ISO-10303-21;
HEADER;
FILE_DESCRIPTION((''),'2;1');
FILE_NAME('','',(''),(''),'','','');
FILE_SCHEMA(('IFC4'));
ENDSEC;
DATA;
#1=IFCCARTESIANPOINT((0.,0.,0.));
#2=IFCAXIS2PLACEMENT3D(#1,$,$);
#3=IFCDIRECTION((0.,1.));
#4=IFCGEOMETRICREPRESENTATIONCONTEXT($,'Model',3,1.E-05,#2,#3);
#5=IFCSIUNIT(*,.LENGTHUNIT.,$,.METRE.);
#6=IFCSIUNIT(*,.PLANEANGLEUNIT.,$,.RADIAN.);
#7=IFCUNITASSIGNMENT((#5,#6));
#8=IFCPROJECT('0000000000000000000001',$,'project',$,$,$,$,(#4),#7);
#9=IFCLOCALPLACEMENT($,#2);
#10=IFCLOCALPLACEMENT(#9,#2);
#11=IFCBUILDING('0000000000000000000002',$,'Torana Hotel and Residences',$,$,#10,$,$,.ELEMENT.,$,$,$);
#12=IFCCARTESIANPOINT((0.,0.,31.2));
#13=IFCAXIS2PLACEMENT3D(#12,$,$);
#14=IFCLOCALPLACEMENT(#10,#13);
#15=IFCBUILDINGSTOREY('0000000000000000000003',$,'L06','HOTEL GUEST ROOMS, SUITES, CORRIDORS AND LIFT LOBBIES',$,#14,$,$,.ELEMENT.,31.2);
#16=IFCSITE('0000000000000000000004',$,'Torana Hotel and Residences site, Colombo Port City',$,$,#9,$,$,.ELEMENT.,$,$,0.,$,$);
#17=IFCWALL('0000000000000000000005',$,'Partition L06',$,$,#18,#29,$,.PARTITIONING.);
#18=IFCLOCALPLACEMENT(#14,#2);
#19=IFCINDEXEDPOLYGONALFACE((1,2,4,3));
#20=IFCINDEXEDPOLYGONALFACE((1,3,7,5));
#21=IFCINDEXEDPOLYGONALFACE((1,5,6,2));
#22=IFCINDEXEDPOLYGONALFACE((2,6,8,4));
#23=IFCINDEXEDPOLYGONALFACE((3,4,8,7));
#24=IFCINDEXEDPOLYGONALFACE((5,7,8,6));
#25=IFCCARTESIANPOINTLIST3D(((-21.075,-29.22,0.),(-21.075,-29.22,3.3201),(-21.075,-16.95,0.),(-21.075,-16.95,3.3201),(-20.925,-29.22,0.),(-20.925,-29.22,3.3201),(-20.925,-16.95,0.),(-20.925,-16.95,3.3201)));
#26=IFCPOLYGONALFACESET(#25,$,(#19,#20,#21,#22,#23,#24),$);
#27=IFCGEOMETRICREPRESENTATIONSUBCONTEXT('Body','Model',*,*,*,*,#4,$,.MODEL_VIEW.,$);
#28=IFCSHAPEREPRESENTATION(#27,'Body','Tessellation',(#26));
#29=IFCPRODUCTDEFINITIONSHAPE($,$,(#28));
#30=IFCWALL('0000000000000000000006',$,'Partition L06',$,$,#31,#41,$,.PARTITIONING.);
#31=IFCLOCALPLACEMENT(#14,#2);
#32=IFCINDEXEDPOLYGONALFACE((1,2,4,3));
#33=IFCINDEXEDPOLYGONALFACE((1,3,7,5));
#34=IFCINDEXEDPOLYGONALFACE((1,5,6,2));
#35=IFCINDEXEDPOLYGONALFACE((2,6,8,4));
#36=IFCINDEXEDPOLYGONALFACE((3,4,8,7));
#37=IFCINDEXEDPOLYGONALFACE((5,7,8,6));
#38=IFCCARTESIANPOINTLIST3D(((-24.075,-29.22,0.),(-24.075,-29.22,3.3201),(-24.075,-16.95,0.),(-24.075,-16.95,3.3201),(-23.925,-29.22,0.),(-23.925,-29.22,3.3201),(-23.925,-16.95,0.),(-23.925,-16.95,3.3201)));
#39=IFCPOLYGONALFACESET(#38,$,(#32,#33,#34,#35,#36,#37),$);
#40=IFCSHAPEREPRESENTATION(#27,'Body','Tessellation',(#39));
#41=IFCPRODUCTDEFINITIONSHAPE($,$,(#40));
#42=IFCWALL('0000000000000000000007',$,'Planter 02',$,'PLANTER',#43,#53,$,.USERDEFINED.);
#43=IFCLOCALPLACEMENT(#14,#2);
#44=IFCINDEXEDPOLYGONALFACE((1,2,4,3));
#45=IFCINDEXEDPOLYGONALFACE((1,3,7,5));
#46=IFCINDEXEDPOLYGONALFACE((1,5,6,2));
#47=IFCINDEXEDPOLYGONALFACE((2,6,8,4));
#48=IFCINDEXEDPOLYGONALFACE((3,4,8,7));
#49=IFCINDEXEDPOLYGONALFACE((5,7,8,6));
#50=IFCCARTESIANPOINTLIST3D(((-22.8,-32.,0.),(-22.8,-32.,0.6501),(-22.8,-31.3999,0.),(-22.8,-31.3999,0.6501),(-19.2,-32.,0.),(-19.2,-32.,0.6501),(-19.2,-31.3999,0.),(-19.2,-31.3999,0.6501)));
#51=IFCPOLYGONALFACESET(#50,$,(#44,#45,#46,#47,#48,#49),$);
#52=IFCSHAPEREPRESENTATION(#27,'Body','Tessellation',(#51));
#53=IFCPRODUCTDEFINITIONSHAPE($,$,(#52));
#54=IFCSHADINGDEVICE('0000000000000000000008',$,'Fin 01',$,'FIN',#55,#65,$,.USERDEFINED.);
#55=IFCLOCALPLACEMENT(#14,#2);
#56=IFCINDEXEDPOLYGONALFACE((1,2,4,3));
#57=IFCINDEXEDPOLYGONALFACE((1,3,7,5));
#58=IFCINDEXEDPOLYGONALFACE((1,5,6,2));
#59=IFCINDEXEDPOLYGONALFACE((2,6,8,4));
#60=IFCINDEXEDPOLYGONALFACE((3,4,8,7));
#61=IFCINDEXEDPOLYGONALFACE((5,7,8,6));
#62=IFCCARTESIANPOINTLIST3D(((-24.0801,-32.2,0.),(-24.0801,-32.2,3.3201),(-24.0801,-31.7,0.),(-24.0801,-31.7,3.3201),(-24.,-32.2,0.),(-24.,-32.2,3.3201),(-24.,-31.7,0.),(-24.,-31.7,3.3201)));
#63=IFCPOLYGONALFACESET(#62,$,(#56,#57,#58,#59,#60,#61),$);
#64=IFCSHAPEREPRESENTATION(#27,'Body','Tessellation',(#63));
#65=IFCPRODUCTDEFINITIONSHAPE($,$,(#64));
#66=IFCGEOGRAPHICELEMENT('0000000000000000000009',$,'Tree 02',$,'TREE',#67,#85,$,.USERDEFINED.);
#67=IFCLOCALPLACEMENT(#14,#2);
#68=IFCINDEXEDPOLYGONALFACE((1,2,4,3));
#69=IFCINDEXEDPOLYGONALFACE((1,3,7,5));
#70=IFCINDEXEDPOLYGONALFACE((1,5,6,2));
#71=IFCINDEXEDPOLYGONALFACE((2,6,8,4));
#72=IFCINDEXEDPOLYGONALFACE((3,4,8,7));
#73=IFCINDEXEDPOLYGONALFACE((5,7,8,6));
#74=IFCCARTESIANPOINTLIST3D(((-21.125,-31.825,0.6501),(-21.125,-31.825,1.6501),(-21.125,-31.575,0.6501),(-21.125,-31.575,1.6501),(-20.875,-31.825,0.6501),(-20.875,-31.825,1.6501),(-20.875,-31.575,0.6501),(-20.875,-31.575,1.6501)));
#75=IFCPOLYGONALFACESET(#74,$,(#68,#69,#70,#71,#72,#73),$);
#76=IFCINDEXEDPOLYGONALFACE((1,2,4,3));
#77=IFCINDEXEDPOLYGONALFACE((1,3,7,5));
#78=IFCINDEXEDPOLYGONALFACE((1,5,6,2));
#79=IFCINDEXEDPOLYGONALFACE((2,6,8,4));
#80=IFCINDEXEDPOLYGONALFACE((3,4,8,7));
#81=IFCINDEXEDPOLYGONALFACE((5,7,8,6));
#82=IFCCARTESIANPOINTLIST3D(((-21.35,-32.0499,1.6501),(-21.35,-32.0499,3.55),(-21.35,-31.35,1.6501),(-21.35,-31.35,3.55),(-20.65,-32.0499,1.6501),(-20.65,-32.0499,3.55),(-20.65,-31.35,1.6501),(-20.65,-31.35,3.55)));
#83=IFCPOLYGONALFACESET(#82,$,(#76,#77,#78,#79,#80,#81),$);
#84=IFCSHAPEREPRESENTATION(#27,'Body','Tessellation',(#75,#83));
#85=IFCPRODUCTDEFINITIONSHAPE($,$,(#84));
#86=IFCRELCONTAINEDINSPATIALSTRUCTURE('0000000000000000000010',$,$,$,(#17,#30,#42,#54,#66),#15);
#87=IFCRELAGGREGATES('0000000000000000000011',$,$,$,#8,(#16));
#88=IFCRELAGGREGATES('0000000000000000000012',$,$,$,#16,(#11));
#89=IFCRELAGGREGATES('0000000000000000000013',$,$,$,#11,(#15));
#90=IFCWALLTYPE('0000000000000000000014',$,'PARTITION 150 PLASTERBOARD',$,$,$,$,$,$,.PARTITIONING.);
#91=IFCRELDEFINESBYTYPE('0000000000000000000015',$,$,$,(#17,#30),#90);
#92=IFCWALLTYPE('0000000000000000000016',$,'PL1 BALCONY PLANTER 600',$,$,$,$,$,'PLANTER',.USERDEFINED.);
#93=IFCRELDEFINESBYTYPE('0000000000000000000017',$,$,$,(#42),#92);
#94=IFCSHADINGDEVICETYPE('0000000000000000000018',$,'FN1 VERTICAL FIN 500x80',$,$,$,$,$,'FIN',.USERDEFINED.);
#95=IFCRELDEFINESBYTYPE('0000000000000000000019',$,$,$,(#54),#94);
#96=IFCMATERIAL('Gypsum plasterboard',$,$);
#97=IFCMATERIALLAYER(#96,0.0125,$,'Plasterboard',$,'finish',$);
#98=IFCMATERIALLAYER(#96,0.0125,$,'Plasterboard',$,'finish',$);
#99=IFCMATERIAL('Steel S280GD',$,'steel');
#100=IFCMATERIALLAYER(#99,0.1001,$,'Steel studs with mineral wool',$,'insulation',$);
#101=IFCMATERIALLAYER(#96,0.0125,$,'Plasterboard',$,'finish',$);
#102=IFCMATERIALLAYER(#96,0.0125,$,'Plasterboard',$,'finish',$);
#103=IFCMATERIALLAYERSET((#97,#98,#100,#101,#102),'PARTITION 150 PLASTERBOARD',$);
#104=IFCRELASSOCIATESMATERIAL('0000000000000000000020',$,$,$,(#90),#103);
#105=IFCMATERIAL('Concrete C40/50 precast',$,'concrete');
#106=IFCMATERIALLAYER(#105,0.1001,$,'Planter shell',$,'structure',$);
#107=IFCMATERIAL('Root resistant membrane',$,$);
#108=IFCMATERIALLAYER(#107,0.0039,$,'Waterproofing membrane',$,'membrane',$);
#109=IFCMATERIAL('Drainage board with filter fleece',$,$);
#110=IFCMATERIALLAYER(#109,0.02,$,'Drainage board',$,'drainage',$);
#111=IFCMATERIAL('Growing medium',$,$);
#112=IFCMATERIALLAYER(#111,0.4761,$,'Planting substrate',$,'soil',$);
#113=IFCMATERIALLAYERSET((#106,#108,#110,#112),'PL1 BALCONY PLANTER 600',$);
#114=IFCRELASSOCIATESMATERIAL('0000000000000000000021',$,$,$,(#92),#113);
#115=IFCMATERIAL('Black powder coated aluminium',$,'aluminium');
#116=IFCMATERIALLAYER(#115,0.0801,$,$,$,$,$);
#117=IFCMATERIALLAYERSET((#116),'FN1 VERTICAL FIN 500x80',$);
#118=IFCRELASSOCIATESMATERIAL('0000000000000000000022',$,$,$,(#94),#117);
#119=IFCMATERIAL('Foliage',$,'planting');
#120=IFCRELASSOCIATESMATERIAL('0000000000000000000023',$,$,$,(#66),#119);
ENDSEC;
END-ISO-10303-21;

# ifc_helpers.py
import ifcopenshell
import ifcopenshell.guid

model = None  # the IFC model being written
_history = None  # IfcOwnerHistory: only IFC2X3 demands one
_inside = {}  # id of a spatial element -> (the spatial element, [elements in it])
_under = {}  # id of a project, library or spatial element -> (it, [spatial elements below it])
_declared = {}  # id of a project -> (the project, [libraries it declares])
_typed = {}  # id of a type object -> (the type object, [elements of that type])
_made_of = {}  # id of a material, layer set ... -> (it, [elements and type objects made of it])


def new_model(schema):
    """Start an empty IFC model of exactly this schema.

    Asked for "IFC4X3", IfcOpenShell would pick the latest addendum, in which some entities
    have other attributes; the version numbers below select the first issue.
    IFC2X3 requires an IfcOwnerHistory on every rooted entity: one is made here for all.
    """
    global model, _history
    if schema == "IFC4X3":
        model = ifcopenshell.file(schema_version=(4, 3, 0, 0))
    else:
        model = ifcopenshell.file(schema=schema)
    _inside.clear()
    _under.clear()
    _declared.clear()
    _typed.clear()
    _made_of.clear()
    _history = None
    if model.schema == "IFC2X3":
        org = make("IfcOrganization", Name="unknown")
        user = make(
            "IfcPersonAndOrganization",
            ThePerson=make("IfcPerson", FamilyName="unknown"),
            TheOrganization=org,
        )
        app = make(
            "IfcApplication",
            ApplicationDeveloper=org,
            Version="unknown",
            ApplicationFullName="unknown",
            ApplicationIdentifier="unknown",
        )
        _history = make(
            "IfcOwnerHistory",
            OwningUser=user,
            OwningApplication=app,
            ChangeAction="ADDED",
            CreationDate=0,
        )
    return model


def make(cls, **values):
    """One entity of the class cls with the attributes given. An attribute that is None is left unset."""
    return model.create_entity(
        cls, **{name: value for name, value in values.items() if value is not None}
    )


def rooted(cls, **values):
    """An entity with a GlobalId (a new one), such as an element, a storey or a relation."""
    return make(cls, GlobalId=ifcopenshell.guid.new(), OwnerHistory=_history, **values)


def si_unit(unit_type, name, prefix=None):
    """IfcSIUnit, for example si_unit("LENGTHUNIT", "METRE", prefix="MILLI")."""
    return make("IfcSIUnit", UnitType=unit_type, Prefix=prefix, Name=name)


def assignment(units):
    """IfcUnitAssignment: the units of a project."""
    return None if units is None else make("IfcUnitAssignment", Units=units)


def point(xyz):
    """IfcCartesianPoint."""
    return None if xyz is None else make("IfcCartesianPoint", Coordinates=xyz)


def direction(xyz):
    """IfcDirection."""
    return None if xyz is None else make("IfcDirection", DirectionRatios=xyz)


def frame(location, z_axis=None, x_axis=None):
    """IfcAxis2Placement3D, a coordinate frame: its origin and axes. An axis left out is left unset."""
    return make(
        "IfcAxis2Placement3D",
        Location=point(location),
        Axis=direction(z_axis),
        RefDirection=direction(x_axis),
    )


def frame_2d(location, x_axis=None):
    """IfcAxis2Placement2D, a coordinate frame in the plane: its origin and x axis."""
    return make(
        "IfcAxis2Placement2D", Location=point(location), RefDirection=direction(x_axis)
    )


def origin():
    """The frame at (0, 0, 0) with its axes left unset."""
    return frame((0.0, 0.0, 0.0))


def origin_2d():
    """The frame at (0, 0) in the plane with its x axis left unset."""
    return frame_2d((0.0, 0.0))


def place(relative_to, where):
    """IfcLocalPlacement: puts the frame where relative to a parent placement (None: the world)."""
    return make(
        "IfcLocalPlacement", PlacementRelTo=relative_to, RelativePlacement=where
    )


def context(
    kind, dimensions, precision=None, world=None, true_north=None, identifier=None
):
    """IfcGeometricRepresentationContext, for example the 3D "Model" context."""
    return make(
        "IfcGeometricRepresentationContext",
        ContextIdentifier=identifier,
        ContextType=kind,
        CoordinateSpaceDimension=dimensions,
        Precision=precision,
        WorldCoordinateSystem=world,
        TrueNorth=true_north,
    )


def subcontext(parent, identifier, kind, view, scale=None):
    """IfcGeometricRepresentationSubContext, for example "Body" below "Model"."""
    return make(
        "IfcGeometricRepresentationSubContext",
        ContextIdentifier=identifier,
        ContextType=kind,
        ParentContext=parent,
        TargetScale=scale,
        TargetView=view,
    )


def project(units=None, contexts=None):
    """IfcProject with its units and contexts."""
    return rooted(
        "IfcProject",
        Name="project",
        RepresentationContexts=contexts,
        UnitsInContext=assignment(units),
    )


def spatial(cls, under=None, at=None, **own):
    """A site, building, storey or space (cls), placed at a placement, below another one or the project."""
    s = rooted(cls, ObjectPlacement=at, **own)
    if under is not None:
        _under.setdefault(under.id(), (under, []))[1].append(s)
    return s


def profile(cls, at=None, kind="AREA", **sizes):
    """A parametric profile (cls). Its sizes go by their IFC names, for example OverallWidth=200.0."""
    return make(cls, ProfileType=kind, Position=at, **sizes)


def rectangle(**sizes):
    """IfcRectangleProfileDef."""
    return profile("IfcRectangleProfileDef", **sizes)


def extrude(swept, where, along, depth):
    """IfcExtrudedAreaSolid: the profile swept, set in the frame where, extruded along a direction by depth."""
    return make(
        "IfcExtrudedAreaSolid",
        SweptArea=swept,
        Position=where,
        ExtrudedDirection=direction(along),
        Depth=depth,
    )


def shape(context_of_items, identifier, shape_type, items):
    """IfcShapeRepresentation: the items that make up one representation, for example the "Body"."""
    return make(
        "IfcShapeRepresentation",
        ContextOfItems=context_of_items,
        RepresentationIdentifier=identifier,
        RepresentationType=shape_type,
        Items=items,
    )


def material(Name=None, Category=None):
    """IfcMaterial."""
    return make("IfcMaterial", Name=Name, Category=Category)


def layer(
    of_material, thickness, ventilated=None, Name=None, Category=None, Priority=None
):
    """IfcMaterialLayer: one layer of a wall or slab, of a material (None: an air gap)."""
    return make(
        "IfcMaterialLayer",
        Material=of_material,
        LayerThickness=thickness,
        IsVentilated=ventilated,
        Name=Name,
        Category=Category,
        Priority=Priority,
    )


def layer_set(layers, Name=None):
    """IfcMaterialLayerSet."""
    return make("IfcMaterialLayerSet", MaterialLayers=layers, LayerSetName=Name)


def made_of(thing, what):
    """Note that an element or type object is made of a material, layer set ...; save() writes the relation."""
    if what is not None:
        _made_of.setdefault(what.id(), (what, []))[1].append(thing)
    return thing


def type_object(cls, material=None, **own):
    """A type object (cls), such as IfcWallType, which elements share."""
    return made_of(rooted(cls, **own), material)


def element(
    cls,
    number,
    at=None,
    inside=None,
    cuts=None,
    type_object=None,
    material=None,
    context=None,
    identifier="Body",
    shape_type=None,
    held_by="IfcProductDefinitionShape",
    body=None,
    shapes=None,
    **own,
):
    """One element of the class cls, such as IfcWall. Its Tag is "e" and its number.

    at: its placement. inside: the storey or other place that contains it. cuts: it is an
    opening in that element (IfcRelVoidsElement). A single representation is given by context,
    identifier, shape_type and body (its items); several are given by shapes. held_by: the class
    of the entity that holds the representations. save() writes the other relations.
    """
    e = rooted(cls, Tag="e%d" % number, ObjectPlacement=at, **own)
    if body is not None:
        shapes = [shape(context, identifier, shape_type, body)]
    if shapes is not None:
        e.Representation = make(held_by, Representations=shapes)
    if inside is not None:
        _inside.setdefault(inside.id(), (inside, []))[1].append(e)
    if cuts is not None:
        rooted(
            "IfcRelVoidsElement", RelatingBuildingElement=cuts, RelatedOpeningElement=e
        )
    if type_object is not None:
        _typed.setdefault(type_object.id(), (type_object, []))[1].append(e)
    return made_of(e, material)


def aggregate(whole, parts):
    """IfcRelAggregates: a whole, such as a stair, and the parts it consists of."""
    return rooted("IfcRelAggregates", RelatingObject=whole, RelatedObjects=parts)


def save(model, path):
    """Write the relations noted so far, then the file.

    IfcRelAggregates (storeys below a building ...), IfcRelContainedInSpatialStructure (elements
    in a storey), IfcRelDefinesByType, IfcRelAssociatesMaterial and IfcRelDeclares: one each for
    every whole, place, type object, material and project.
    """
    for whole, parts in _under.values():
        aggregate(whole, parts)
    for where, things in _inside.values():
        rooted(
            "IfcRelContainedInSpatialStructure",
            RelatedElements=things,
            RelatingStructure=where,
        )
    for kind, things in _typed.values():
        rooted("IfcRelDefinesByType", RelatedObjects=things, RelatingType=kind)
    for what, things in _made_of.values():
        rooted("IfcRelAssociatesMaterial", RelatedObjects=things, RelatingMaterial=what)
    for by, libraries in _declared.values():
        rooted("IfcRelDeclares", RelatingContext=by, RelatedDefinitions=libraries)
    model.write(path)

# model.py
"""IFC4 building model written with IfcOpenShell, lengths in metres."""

from ifc_helpers import new_model, si_unit, direction, frame, frame_2d, origin, origin_2d, place, context, subcontext, project, spatial, rectangle, extrude, material, layer, layer_set, type_object, element, save


model = new_model("IFC4")

# Units and contexts
model_context = context("Model", 3, precision=1e-05, world=origin(), true_north=direction((0.0, 1.0)))
body_context = subcontext(model_context, "Body", "Model", "MODEL_VIEW")
ifc_project = project(units=[si_unit("LENGTHUNIT", "METRE"), si_unit("PLANEANGLEUNIT", "RADIAN")], contexts=[model_context])

# Site, building, storey
site_placement = place(None, origin())
site = spatial("IfcSite", under=ifc_project, at=site_placement, Name="Torana Hotel and Residences site, Colombo Port City", CompositionType="ELEMENT", RefElevation=0.0)
building_placement = place(site_placement, origin())
building = spatial("IfcBuilding", under=site, at=building_placement, Name="Torana Hotel and Residences", CompositionType="ELEMENT")
storey_placement = place(building_placement, frame((0.0, 0.0, 31.2)))
storey = spatial("IfcBuildingStorey", under=building, at=storey_placement, Name="L06", Description="HOTEL GUEST ROOMS, SUITES, CORRIDORS AND LIFT LOBBIES", CompositionType="ELEMENT", Elevation=31.2)

# Walls
ifc_material_1 = material(Name="Gypsum plasterboard")
ifc_layer_1 = layer(ifc_material_1, 0.0125, Name="Plasterboard", Category="finish")
ifc_layer_2 = layer(ifc_material_1, 0.0125, Name="Plasterboard", Category="finish")
ifc_material_2 = material(Name="Steel S280GD", Category="steel")
ifc_layer_3 = layer(ifc_material_2, 0.1001, Name="Steel studs with mineral wool", Category="insulation")
ifc_layer_4 = layer(ifc_material_1, 0.0125, Name="Plasterboard", Category="finish")
ifc_layer_5 = layer(ifc_material_1, 0.0125, Name="Plasterboard", Category="finish")
ifc_layer_set_1 = layer_set([ifc_layer_1, ifc_layer_2, ifc_layer_3, ifc_layer_4, ifc_layer_5], Name="PARTITION 150 PLASTERBOARD")
wall_type_1 = type_object("IfcWallType", Name="PARTITION 150 PLASTERBOARD", PredefinedType="PARTITIONING", material=ifc_layer_set_1)
for number, where, z_axis, x_axis, name in (
    (1, (-21.0, -29.22, 0.0), (0.0, 0.0, 1.0), (0.0, 1.0, 0.0), "Partition L06"),
    (2, (-24.0, -29.22, 0.0), (0.0, 0.0, 1.0), (0.0, 1.0, 0.0), "Partition L06"),
):
    element("IfcWall", number, at=place(storey_placement, frame(where, z_axis=z_axis, x_axis=x_axis)), inside=storey, type_object=wall_type_1, Name=name, PredefinedType="PARTITIONING", context=body_context, shape_type="SweptSolid", body=[
        extrude(rectangle(XDim=12.27, YDim=0.1499, at=frame_2d((6.135, 0.0))), origin(), (0.0, 0.0, 1.0), 3.3201),
    ])
ifc_material_3 = material(Name="Concrete C40/50 precast", Category="concrete")
ifc_layer_6 = layer(ifc_material_3, 0.1001, Name="Planter shell", Category="structure")
ifc_material_4 = material(Name="Root resistant membrane")
ifc_layer_7 = layer(ifc_material_4, 0.0039, Name="Waterproofing membrane", Category="membrane")
ifc_material_5 = material(Name="Drainage board with filter fleece")
ifc_layer_8 = layer(ifc_material_5, 0.02, Name="Drainage board", Category="drainage")
ifc_material_6 = material(Name="Growing medium")
ifc_layer_9 = layer(ifc_material_6, 0.4761, Name="Planting substrate", Category="soil")
ifc_layer_set_2 = layer_set([ifc_layer_6, ifc_layer_7, ifc_layer_8, ifc_layer_9], Name="PL1 BALCONY PLANTER 600")
wall_type_2 = type_object("IfcWallType", Name="PL1 BALCONY PLANTER 600", ElementType="PLANTER", PredefinedType="USERDEFINED", material=ifc_layer_set_2)
wall_placement = place(storey_placement, frame((-19.2, -31.7, 0.0), z_axis=(0.0, 0.0, 1.0), x_axis=(-1.0, 0.0, 0.0)))
element("IfcWall", 3, at=wall_placement, inside=storey, type_object=wall_type_2, Name="Planter 02", ObjectType="PLANTER", PredefinedType="USERDEFINED", context=body_context, shape_type="SweptSolid", body=[
    extrude(rectangle(XDim=3.6001, YDim=0.6001, at=frame_2d((1.8, 0.0))), origin(), (0.0, 0.0, 1.0), 0.6501),
])

# Shading device
ifc_material_7 = material(Name="Black powder coated aluminium", Category="aluminium")
ifc_layer_10 = layer(ifc_material_7, 0.0801)
ifc_layer_set_3 = layer_set([ifc_layer_10], Name="FN1 VERTICAL FIN 500x80")
shading_device_type = type_object("IfcShadingDeviceType", Name="FN1 VERTICAL FIN 500x80", ElementType="FIN", PredefinedType="USERDEFINED", material=ifc_layer_set_3)
shading_device_placement = place(storey_placement, frame((-24.04, -31.95, 0.0), z_axis=(0.0, 0.0, 1.0), x_axis=(-1.0, 0.0, 0.0)))
element("IfcShadingDevice", 4, at=shading_device_placement, inside=storey, type_object=shading_device_type, Name="Fin 01", ObjectType="FIN", PredefinedType="USERDEFINED", context=body_context, shape_type="SweptSolid", body=[
    extrude(rectangle(XDim=0.0801, YDim=0.5, at=origin_2d()), origin(), (0.0, 0.0, 1.0), 3.3201),
])

# Geographic element
ifc_material_8 = material(Name="Foliage", Category="planting")
geographic_element_placement = place(storey_placement, frame((-21.0, -31.7, 0.6501), z_axis=(0.0, 0.0, 1.0), x_axis=(1.0, 0.0, 0.0)))
element("IfcGeographicElement", 5, at=geographic_element_placement, inside=storey, material=ifc_material_8, Name="Tree 02", ObjectType="TREE", PredefinedType="USERDEFINED", context=body_context, shape_type="SweptSolid", body=[
    extrude(rectangle(XDim=0.25, YDim=0.25, at=origin_2d()), origin(), (0.0, 0.0, 1.0), 1.0),
    extrude(rectangle(XDim=0.7, YDim=0.7, at=origin_2d()), frame((0.0, 0.0, 1.0)), (0.0, 0.0, 1.0), 1.8999),
])

save(model, "model.ifc")
